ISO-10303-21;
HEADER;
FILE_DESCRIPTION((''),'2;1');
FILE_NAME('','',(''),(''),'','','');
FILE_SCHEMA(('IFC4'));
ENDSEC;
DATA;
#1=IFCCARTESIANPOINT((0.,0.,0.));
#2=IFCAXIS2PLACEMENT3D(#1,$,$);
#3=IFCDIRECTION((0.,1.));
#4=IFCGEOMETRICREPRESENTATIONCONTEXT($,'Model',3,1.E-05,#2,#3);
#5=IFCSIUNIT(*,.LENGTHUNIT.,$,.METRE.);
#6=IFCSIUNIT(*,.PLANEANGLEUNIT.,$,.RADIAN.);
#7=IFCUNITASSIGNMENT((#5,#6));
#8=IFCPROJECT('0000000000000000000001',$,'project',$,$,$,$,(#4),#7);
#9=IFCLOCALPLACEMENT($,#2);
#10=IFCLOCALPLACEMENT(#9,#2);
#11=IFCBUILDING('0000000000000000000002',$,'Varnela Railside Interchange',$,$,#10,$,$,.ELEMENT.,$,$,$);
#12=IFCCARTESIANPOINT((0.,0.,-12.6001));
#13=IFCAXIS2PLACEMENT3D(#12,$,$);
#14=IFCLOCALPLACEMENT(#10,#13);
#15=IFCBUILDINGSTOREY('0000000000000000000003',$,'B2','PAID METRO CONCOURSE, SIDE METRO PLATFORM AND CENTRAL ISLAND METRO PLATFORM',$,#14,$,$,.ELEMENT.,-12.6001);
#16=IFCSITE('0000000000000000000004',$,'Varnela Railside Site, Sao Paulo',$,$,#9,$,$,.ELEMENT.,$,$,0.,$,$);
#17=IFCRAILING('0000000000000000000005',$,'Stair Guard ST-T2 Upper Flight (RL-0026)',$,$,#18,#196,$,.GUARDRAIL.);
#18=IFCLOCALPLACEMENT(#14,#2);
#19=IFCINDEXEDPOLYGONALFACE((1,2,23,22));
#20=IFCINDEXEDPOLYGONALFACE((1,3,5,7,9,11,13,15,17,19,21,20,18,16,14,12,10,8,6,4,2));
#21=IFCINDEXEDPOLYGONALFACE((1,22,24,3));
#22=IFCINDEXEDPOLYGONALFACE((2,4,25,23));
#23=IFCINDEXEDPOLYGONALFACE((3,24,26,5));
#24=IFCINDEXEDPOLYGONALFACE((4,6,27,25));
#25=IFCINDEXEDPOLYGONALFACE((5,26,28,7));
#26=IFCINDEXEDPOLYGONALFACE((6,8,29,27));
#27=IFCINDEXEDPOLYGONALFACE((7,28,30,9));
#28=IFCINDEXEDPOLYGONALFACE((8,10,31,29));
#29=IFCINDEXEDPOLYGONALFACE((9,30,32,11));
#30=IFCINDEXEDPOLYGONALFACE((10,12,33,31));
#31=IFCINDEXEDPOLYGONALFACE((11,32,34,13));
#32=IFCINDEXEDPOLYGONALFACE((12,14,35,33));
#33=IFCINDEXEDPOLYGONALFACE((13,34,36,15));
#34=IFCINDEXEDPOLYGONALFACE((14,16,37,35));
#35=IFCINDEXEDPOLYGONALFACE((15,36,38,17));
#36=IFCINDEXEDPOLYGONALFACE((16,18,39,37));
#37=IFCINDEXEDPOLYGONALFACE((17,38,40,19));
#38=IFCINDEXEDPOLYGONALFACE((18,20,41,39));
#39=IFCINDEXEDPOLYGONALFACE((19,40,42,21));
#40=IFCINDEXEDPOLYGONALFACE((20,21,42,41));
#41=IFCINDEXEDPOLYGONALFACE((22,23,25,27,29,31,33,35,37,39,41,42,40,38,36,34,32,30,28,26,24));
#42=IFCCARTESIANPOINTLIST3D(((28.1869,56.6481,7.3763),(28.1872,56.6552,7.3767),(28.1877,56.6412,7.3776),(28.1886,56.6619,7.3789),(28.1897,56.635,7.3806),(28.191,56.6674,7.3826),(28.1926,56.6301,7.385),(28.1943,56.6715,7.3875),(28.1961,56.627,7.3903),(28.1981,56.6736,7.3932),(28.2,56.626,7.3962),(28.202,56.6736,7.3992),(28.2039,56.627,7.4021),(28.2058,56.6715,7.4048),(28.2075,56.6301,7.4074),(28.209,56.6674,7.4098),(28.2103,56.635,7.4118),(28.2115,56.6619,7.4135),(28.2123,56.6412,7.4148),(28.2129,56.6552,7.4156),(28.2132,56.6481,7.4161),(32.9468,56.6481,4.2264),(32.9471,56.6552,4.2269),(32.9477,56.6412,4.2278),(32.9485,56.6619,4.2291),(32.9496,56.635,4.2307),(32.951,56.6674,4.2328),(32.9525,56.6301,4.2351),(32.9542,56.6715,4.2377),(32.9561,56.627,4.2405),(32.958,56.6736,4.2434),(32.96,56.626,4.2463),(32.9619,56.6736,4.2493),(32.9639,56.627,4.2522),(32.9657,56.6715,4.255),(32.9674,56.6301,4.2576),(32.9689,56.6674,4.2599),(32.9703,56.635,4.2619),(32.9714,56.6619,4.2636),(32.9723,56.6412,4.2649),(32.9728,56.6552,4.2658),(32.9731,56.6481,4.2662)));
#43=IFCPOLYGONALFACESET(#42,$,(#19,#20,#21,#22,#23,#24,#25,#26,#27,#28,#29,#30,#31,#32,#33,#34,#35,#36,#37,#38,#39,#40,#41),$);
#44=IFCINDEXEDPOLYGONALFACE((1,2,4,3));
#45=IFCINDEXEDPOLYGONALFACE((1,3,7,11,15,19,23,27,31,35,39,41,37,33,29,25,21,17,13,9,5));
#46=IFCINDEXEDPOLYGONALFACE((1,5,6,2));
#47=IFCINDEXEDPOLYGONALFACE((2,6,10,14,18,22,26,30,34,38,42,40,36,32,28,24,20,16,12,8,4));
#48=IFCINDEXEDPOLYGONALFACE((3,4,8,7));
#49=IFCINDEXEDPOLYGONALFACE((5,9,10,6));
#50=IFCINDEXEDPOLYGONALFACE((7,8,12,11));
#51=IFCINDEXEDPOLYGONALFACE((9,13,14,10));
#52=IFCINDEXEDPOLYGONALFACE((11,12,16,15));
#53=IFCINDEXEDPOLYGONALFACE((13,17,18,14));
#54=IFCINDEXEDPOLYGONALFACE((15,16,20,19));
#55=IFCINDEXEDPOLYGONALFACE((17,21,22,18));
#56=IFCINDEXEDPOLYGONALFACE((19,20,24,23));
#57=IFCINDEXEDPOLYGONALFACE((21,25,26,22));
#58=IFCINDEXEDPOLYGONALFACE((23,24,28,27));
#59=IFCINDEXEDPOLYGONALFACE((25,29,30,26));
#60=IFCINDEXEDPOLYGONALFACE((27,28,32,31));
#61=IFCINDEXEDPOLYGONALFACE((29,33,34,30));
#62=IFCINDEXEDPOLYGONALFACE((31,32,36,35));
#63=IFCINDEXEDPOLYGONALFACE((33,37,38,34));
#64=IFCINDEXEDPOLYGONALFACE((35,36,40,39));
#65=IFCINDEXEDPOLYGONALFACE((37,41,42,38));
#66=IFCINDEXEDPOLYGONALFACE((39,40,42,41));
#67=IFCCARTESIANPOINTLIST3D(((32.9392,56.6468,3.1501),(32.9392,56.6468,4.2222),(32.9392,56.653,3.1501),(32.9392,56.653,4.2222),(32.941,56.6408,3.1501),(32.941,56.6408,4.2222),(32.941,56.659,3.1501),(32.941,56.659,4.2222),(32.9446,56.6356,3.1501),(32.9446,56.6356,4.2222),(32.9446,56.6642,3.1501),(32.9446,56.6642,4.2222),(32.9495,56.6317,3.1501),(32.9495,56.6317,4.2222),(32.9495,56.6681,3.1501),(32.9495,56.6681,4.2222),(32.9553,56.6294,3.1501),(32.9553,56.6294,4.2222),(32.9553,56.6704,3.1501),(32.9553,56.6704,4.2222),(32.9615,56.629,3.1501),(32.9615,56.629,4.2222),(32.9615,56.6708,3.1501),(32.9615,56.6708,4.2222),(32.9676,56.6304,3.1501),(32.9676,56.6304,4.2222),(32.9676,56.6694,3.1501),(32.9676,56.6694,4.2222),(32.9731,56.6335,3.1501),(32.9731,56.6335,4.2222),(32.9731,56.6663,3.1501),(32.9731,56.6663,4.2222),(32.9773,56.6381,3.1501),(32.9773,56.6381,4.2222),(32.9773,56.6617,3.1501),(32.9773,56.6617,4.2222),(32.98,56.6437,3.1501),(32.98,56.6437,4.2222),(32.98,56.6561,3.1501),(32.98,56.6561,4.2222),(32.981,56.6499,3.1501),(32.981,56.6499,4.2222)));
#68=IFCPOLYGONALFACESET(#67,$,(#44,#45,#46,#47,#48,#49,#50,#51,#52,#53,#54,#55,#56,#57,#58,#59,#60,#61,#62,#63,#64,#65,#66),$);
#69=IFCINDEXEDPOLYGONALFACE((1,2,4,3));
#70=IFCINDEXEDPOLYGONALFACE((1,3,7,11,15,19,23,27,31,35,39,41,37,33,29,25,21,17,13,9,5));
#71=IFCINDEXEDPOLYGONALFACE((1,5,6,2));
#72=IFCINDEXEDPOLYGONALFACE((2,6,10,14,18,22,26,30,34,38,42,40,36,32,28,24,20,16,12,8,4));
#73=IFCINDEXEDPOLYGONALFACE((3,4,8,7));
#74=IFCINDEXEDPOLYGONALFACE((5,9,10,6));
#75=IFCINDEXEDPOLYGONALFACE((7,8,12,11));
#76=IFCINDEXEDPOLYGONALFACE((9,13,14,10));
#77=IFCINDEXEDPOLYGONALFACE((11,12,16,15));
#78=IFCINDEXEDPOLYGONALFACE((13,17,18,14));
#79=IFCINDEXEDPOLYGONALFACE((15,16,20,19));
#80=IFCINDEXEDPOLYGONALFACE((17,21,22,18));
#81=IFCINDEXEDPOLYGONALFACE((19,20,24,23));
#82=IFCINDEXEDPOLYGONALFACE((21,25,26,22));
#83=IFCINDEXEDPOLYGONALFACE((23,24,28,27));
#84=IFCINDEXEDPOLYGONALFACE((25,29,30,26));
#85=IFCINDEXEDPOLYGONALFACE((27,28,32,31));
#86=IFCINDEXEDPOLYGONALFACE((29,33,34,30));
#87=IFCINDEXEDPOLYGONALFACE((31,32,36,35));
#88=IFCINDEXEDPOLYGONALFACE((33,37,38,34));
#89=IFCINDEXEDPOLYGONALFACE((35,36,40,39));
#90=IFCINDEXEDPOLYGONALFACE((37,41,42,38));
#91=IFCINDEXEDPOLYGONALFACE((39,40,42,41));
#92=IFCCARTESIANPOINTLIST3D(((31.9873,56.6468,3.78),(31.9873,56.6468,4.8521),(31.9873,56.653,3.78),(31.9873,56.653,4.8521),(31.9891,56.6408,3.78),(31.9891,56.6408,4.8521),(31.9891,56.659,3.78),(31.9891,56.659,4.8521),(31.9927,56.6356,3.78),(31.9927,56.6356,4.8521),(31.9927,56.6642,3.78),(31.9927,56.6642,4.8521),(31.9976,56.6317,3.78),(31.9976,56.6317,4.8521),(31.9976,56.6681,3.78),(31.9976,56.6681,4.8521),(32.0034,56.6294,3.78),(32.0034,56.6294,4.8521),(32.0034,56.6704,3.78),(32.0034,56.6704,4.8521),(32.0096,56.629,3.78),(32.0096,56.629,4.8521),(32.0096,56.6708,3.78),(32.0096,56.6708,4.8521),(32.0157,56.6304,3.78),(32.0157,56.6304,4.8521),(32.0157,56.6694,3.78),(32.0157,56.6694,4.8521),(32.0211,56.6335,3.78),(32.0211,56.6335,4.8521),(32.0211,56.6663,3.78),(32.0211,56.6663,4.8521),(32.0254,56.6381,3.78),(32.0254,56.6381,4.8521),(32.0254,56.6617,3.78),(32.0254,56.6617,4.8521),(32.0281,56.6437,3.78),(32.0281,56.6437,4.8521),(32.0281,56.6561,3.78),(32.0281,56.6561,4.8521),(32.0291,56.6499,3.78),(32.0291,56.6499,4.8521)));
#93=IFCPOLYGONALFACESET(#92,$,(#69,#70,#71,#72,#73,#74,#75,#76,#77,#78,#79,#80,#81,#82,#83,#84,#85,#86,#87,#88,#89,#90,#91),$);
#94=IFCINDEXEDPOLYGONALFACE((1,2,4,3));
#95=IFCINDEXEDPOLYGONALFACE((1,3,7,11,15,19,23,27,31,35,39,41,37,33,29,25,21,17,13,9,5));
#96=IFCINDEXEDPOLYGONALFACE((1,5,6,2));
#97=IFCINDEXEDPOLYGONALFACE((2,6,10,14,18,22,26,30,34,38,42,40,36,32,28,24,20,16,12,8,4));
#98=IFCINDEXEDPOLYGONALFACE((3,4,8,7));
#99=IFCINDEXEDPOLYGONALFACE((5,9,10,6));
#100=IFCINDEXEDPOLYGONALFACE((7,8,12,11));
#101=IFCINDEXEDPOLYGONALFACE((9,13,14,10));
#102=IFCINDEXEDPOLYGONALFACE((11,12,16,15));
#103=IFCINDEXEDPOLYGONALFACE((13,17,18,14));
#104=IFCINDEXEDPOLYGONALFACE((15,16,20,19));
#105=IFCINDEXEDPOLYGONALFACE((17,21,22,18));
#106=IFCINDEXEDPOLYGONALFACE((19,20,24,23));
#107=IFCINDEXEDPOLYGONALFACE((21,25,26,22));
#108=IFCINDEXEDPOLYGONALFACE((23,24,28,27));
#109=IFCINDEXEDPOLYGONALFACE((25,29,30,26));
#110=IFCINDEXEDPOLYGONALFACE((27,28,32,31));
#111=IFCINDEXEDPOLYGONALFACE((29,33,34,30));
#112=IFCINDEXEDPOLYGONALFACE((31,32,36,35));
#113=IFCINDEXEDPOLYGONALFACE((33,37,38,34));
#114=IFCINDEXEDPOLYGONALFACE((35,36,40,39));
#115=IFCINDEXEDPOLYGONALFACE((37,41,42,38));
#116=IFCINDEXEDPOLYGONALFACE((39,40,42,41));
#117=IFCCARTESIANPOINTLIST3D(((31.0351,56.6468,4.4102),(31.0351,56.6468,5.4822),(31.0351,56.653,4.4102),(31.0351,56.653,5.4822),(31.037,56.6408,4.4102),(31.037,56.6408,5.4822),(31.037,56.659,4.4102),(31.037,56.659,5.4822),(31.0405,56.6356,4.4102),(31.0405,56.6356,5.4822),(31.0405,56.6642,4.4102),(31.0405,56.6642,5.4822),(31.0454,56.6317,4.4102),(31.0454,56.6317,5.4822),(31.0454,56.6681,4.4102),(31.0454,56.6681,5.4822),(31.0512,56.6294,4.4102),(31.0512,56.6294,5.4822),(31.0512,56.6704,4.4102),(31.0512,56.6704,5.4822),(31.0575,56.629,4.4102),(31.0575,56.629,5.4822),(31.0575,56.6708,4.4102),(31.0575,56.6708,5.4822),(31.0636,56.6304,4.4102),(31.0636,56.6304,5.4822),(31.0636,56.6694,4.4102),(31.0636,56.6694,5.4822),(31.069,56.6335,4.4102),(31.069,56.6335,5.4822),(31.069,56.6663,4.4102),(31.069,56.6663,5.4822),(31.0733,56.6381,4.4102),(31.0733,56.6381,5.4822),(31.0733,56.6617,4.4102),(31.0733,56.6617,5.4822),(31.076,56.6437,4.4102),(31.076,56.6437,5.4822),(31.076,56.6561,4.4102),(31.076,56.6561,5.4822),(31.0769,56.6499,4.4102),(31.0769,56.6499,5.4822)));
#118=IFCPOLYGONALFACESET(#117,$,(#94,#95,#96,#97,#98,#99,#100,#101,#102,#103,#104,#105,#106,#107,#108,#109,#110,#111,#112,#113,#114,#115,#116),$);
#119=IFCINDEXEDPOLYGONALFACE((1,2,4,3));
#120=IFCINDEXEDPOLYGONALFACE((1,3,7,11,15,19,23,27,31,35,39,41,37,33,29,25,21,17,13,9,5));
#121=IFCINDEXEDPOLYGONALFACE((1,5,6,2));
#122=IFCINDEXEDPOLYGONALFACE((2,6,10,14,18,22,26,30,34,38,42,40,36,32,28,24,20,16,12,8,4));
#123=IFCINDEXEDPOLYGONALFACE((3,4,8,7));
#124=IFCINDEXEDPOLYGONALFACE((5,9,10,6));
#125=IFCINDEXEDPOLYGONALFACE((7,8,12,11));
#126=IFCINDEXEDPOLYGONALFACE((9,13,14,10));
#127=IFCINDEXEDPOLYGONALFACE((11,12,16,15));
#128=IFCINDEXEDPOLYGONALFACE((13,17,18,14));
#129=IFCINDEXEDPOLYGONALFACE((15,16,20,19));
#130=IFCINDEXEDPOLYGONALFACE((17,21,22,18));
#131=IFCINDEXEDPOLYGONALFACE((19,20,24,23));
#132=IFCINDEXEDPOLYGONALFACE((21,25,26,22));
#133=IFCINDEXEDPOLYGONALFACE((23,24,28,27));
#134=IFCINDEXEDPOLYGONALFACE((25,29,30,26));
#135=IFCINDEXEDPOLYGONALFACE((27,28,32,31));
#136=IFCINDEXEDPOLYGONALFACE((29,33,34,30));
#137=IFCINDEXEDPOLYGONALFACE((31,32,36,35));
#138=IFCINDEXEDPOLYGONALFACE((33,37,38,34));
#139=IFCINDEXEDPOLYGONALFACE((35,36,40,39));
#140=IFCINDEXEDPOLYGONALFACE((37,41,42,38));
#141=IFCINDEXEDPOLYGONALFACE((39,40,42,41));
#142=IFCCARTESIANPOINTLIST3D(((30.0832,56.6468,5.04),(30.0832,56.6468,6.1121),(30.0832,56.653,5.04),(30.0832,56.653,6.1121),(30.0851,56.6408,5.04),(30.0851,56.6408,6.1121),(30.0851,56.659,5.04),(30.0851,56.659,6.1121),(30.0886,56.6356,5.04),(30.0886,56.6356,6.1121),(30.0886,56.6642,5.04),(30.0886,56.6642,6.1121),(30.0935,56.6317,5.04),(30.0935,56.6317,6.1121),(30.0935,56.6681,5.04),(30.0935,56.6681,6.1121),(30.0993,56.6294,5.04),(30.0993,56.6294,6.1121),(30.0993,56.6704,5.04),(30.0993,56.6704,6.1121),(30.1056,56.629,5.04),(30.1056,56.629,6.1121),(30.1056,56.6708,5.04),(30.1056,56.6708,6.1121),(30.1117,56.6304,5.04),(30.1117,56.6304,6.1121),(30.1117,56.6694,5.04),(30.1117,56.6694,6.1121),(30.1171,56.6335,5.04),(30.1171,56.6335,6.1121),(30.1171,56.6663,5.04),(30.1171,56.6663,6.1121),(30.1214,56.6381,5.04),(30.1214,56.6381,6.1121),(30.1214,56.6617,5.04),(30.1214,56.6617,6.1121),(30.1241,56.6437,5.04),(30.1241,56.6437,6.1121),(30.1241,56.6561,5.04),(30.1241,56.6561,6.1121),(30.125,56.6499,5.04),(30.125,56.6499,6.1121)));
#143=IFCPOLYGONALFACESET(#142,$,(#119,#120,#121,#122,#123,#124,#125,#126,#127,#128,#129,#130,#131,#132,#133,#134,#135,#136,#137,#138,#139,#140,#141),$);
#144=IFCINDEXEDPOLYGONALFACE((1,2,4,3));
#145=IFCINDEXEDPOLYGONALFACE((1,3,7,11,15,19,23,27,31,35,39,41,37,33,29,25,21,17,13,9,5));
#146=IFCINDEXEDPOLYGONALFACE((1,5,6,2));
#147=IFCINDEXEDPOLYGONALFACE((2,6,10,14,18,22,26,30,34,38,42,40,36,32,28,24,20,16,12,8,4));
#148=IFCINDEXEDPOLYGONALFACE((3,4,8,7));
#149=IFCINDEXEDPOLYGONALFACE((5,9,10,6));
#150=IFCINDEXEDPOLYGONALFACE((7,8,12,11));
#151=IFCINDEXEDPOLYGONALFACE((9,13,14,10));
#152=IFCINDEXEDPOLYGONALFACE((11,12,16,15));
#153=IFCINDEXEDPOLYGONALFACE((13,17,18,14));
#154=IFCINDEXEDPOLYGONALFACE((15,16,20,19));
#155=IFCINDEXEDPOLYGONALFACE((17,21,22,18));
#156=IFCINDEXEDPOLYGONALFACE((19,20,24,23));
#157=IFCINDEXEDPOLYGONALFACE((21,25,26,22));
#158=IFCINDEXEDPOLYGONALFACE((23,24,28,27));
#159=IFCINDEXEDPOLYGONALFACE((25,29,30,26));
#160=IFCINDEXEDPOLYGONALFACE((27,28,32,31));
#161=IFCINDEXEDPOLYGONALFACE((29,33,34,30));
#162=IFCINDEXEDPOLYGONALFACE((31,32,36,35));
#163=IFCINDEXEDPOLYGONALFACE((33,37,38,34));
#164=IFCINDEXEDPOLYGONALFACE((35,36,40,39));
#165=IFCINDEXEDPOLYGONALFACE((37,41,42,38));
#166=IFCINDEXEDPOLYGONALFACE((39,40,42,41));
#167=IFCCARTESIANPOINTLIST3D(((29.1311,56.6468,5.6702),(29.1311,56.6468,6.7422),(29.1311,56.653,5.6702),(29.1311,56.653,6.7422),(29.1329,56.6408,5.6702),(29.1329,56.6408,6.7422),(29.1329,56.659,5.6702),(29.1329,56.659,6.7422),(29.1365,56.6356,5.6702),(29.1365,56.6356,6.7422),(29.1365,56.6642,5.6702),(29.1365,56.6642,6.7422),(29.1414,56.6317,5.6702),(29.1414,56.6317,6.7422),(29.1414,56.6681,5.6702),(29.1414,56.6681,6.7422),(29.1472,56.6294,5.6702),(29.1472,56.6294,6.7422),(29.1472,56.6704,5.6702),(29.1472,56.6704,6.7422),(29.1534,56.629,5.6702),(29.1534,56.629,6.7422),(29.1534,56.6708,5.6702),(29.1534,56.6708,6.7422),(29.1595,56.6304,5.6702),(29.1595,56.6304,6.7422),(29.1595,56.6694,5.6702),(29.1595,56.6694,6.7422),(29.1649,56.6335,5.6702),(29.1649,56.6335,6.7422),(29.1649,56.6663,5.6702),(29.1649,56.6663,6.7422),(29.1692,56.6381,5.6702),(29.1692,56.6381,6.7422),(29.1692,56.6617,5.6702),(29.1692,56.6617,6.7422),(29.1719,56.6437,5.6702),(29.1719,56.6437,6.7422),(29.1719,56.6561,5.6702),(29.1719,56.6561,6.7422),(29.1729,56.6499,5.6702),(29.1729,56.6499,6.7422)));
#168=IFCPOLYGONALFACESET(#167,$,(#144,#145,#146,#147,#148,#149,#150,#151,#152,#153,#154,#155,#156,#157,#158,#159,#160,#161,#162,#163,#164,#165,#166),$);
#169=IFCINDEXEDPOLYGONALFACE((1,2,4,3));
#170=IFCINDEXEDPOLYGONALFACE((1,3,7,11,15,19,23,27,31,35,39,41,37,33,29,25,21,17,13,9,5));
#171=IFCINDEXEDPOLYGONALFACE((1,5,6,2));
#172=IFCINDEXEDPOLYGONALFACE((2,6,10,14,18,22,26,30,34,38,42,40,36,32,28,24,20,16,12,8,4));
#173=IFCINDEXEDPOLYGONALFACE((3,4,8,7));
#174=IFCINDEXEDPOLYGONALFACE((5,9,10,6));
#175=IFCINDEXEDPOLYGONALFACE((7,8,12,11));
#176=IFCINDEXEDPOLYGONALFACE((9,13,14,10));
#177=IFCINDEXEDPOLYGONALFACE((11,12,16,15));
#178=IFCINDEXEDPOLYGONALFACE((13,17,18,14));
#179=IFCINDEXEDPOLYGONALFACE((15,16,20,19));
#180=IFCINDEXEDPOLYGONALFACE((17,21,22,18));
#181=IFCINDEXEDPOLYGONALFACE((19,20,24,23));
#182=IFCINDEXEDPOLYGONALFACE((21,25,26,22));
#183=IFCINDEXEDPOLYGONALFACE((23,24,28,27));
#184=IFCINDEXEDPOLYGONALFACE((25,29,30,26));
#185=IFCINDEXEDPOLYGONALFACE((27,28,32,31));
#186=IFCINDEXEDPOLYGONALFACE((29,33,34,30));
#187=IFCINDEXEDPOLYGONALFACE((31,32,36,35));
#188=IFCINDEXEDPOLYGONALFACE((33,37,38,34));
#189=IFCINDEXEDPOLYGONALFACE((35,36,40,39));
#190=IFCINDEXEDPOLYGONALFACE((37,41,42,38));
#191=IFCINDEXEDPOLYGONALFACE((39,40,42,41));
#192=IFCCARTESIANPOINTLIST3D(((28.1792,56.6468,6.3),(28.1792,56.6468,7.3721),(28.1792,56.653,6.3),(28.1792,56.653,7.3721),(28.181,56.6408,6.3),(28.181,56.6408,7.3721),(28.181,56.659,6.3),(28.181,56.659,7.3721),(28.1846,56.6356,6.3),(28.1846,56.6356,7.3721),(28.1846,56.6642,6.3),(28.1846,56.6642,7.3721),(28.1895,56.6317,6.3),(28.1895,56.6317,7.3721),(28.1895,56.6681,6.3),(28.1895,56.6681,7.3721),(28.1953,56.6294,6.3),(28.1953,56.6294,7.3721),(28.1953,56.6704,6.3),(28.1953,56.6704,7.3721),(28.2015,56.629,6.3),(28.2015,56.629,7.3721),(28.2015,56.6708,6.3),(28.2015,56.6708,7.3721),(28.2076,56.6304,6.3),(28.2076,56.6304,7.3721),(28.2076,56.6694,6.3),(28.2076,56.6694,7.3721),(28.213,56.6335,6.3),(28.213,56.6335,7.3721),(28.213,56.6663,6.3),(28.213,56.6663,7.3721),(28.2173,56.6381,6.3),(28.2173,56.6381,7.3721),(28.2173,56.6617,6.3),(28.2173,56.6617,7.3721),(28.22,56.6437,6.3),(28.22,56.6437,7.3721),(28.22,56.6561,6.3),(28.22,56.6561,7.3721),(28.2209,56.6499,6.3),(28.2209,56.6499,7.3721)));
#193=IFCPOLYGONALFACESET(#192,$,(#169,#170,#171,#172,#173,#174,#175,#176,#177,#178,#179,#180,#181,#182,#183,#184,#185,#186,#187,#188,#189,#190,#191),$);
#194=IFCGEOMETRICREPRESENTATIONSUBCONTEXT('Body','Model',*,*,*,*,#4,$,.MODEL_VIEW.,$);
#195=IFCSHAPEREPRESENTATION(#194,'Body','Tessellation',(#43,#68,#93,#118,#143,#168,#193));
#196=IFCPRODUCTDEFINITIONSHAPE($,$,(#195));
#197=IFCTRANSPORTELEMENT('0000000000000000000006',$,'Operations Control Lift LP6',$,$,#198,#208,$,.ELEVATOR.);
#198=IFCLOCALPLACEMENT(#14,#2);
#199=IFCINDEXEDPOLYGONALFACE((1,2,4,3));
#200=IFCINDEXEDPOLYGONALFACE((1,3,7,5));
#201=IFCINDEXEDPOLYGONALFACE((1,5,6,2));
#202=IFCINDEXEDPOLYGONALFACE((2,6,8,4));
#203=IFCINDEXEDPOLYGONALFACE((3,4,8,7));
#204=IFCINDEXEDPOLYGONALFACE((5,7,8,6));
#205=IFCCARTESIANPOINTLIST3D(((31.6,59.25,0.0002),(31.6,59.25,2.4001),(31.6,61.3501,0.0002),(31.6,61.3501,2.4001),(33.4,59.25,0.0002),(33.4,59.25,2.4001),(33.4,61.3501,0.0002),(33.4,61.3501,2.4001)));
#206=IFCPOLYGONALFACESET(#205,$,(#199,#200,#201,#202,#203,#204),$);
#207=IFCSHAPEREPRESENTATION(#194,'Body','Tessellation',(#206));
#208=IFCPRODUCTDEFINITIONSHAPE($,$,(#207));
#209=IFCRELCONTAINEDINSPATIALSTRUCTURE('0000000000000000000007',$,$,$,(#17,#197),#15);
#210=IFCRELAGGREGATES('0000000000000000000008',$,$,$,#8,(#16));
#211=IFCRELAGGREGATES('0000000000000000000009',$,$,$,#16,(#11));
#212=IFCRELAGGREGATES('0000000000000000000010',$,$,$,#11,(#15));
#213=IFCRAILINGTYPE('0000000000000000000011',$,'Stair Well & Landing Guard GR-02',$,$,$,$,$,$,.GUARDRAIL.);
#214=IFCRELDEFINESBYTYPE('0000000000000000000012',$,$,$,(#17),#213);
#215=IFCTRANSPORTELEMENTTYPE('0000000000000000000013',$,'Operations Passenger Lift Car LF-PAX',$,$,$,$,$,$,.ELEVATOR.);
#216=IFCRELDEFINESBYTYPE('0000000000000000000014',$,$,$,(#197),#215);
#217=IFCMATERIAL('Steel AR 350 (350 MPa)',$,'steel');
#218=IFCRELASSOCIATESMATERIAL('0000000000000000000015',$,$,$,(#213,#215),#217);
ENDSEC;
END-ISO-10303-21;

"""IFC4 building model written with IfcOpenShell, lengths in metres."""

from ifc_helpers import new_model, si_unit, direction, frame, origin, origin_2d, place, context, subcontext, project, spatial, rectangle, circle, extrude, material, type_object, element, save


model = new_model("IFC4")

# Units and contexts
model_context = context("Model", 3, precision=1e-05, world=origin(), true_north=direction((0.0, 1.0)))
body_context = subcontext(model_context, "Body", "Model", "MODEL_VIEW")
ifc_project = project(units=[si_unit("LENGTHUNIT", "METRE"), si_unit("PLANEANGLEUNIT", "RADIAN")], contexts=[model_context])

# Site, building, storey
site_placement = place(None, origin())
site = spatial("IfcSite", under=ifc_project, at=site_placement, Name="Varnela Railside Site, Sao Paulo", CompositionType="ELEMENT", RefElevation=0.0)
building_placement = place(site_placement, origin())
building = spatial("IfcBuilding", under=site, at=building_placement, Name="Varnela Railside Interchange", CompositionType="ELEMENT")
storey_placement = place(building_placement, frame((0.0, 0.0, -12.6001)))
storey = spatial("IfcBuildingStorey", under=building, at=storey_placement, Name="B2", Description="PAID METRO CONCOURSE, SIDE METRO PLATFORM AND CENTRAL ISLAND METRO PLATFORM", CompositionType="ELEMENT", Elevation=-12.6001)

# Shared definitions
ifc_material_1 = material(Name="Steel AR 350 (350 MPa)", Category="steel")

# Railing
railing_type_1 = type_object("IfcRailingType", Name="Stair Well & Landing Guard GR-02", PredefinedType="GUARDRAIL", material=ifc_material_1)
railing_1_placement = place(storey_placement, frame((32.96, 56.6499, 3.1501)))
element("IfcRailing", 1, at=railing_1_placement, inside=storey, type_object=railing_type_1, Name="Stair Guard ST-T2 Upper Flight (RL-0026)", PredefinedType="GUARDRAIL", context=body_context, shape_type="SweptSolid", body=[
    extrude(circle(Radius=0.0239, at=origin_2d()), frame((0.0, 0.0, 1.0962), z_axis=(-0.833941, 0.0, 0.551854), x_axis=(0.0, -1.0, 0.0)), (0.0, 0.0, 1.0), 5.7078),
    extrude(circle(Radius=0.021, at=origin_2d()), origin(), (0.0, 0.0, 1.0), 1.072),
    extrude(circle(Radius=0.021, at=origin_2d()), frame((-0.9519, 0.0, 0.6299)), (0.0, 0.0, 1.0), 1.072),
    extrude(circle(Radius=0.021, at=origin_2d()), frame((-1.9041, 0.0, 1.26)), (0.0, 0.0, 1.0), 1.072),
    extrude(circle(Radius=0.021, at=origin_2d()), frame((-2.856, 0.0, 1.8899)), (0.0, 0.0, 1.0), 1.072),
    extrude(circle(Radius=0.021, at=origin_2d()), frame((-3.8081, 0.0, 2.52)), (0.0, 0.0, 1.0), 1.072),
    extrude(circle(Radius=0.021, at=origin_2d()), frame((-4.76, 0.0, 3.1499)), (0.0, 0.0, 1.0), 1.072),
])

# Transport element
transport_element_type_1 = type_object("IfcTransportElementType", Name="Operations Passenger Lift Car LF-PAX", PredefinedType="ELEVATOR", material=ifc_material_1)
transport_element_1_placement = place(storey_placement, frame((32.5, 60.3, 0.0002), z_axis=(0.0, 0.0, 1.0), x_axis=(1.0, 0.0, 0.0)))
element("IfcTransportElement", 2, at=transport_element_1_placement, inside=storey, type_object=transport_element_type_1, Name="Operations Control Lift LP6", PredefinedType="ELEVATOR", context=body_context, shape_type="SweptSolid", body=[
    extrude(rectangle(XDim=1.8, YDim=2.1001, at=origin_2d()), origin(), (0.0, 0.0, 1.0), 2.3999),
])

save(model, "model.ifc")
